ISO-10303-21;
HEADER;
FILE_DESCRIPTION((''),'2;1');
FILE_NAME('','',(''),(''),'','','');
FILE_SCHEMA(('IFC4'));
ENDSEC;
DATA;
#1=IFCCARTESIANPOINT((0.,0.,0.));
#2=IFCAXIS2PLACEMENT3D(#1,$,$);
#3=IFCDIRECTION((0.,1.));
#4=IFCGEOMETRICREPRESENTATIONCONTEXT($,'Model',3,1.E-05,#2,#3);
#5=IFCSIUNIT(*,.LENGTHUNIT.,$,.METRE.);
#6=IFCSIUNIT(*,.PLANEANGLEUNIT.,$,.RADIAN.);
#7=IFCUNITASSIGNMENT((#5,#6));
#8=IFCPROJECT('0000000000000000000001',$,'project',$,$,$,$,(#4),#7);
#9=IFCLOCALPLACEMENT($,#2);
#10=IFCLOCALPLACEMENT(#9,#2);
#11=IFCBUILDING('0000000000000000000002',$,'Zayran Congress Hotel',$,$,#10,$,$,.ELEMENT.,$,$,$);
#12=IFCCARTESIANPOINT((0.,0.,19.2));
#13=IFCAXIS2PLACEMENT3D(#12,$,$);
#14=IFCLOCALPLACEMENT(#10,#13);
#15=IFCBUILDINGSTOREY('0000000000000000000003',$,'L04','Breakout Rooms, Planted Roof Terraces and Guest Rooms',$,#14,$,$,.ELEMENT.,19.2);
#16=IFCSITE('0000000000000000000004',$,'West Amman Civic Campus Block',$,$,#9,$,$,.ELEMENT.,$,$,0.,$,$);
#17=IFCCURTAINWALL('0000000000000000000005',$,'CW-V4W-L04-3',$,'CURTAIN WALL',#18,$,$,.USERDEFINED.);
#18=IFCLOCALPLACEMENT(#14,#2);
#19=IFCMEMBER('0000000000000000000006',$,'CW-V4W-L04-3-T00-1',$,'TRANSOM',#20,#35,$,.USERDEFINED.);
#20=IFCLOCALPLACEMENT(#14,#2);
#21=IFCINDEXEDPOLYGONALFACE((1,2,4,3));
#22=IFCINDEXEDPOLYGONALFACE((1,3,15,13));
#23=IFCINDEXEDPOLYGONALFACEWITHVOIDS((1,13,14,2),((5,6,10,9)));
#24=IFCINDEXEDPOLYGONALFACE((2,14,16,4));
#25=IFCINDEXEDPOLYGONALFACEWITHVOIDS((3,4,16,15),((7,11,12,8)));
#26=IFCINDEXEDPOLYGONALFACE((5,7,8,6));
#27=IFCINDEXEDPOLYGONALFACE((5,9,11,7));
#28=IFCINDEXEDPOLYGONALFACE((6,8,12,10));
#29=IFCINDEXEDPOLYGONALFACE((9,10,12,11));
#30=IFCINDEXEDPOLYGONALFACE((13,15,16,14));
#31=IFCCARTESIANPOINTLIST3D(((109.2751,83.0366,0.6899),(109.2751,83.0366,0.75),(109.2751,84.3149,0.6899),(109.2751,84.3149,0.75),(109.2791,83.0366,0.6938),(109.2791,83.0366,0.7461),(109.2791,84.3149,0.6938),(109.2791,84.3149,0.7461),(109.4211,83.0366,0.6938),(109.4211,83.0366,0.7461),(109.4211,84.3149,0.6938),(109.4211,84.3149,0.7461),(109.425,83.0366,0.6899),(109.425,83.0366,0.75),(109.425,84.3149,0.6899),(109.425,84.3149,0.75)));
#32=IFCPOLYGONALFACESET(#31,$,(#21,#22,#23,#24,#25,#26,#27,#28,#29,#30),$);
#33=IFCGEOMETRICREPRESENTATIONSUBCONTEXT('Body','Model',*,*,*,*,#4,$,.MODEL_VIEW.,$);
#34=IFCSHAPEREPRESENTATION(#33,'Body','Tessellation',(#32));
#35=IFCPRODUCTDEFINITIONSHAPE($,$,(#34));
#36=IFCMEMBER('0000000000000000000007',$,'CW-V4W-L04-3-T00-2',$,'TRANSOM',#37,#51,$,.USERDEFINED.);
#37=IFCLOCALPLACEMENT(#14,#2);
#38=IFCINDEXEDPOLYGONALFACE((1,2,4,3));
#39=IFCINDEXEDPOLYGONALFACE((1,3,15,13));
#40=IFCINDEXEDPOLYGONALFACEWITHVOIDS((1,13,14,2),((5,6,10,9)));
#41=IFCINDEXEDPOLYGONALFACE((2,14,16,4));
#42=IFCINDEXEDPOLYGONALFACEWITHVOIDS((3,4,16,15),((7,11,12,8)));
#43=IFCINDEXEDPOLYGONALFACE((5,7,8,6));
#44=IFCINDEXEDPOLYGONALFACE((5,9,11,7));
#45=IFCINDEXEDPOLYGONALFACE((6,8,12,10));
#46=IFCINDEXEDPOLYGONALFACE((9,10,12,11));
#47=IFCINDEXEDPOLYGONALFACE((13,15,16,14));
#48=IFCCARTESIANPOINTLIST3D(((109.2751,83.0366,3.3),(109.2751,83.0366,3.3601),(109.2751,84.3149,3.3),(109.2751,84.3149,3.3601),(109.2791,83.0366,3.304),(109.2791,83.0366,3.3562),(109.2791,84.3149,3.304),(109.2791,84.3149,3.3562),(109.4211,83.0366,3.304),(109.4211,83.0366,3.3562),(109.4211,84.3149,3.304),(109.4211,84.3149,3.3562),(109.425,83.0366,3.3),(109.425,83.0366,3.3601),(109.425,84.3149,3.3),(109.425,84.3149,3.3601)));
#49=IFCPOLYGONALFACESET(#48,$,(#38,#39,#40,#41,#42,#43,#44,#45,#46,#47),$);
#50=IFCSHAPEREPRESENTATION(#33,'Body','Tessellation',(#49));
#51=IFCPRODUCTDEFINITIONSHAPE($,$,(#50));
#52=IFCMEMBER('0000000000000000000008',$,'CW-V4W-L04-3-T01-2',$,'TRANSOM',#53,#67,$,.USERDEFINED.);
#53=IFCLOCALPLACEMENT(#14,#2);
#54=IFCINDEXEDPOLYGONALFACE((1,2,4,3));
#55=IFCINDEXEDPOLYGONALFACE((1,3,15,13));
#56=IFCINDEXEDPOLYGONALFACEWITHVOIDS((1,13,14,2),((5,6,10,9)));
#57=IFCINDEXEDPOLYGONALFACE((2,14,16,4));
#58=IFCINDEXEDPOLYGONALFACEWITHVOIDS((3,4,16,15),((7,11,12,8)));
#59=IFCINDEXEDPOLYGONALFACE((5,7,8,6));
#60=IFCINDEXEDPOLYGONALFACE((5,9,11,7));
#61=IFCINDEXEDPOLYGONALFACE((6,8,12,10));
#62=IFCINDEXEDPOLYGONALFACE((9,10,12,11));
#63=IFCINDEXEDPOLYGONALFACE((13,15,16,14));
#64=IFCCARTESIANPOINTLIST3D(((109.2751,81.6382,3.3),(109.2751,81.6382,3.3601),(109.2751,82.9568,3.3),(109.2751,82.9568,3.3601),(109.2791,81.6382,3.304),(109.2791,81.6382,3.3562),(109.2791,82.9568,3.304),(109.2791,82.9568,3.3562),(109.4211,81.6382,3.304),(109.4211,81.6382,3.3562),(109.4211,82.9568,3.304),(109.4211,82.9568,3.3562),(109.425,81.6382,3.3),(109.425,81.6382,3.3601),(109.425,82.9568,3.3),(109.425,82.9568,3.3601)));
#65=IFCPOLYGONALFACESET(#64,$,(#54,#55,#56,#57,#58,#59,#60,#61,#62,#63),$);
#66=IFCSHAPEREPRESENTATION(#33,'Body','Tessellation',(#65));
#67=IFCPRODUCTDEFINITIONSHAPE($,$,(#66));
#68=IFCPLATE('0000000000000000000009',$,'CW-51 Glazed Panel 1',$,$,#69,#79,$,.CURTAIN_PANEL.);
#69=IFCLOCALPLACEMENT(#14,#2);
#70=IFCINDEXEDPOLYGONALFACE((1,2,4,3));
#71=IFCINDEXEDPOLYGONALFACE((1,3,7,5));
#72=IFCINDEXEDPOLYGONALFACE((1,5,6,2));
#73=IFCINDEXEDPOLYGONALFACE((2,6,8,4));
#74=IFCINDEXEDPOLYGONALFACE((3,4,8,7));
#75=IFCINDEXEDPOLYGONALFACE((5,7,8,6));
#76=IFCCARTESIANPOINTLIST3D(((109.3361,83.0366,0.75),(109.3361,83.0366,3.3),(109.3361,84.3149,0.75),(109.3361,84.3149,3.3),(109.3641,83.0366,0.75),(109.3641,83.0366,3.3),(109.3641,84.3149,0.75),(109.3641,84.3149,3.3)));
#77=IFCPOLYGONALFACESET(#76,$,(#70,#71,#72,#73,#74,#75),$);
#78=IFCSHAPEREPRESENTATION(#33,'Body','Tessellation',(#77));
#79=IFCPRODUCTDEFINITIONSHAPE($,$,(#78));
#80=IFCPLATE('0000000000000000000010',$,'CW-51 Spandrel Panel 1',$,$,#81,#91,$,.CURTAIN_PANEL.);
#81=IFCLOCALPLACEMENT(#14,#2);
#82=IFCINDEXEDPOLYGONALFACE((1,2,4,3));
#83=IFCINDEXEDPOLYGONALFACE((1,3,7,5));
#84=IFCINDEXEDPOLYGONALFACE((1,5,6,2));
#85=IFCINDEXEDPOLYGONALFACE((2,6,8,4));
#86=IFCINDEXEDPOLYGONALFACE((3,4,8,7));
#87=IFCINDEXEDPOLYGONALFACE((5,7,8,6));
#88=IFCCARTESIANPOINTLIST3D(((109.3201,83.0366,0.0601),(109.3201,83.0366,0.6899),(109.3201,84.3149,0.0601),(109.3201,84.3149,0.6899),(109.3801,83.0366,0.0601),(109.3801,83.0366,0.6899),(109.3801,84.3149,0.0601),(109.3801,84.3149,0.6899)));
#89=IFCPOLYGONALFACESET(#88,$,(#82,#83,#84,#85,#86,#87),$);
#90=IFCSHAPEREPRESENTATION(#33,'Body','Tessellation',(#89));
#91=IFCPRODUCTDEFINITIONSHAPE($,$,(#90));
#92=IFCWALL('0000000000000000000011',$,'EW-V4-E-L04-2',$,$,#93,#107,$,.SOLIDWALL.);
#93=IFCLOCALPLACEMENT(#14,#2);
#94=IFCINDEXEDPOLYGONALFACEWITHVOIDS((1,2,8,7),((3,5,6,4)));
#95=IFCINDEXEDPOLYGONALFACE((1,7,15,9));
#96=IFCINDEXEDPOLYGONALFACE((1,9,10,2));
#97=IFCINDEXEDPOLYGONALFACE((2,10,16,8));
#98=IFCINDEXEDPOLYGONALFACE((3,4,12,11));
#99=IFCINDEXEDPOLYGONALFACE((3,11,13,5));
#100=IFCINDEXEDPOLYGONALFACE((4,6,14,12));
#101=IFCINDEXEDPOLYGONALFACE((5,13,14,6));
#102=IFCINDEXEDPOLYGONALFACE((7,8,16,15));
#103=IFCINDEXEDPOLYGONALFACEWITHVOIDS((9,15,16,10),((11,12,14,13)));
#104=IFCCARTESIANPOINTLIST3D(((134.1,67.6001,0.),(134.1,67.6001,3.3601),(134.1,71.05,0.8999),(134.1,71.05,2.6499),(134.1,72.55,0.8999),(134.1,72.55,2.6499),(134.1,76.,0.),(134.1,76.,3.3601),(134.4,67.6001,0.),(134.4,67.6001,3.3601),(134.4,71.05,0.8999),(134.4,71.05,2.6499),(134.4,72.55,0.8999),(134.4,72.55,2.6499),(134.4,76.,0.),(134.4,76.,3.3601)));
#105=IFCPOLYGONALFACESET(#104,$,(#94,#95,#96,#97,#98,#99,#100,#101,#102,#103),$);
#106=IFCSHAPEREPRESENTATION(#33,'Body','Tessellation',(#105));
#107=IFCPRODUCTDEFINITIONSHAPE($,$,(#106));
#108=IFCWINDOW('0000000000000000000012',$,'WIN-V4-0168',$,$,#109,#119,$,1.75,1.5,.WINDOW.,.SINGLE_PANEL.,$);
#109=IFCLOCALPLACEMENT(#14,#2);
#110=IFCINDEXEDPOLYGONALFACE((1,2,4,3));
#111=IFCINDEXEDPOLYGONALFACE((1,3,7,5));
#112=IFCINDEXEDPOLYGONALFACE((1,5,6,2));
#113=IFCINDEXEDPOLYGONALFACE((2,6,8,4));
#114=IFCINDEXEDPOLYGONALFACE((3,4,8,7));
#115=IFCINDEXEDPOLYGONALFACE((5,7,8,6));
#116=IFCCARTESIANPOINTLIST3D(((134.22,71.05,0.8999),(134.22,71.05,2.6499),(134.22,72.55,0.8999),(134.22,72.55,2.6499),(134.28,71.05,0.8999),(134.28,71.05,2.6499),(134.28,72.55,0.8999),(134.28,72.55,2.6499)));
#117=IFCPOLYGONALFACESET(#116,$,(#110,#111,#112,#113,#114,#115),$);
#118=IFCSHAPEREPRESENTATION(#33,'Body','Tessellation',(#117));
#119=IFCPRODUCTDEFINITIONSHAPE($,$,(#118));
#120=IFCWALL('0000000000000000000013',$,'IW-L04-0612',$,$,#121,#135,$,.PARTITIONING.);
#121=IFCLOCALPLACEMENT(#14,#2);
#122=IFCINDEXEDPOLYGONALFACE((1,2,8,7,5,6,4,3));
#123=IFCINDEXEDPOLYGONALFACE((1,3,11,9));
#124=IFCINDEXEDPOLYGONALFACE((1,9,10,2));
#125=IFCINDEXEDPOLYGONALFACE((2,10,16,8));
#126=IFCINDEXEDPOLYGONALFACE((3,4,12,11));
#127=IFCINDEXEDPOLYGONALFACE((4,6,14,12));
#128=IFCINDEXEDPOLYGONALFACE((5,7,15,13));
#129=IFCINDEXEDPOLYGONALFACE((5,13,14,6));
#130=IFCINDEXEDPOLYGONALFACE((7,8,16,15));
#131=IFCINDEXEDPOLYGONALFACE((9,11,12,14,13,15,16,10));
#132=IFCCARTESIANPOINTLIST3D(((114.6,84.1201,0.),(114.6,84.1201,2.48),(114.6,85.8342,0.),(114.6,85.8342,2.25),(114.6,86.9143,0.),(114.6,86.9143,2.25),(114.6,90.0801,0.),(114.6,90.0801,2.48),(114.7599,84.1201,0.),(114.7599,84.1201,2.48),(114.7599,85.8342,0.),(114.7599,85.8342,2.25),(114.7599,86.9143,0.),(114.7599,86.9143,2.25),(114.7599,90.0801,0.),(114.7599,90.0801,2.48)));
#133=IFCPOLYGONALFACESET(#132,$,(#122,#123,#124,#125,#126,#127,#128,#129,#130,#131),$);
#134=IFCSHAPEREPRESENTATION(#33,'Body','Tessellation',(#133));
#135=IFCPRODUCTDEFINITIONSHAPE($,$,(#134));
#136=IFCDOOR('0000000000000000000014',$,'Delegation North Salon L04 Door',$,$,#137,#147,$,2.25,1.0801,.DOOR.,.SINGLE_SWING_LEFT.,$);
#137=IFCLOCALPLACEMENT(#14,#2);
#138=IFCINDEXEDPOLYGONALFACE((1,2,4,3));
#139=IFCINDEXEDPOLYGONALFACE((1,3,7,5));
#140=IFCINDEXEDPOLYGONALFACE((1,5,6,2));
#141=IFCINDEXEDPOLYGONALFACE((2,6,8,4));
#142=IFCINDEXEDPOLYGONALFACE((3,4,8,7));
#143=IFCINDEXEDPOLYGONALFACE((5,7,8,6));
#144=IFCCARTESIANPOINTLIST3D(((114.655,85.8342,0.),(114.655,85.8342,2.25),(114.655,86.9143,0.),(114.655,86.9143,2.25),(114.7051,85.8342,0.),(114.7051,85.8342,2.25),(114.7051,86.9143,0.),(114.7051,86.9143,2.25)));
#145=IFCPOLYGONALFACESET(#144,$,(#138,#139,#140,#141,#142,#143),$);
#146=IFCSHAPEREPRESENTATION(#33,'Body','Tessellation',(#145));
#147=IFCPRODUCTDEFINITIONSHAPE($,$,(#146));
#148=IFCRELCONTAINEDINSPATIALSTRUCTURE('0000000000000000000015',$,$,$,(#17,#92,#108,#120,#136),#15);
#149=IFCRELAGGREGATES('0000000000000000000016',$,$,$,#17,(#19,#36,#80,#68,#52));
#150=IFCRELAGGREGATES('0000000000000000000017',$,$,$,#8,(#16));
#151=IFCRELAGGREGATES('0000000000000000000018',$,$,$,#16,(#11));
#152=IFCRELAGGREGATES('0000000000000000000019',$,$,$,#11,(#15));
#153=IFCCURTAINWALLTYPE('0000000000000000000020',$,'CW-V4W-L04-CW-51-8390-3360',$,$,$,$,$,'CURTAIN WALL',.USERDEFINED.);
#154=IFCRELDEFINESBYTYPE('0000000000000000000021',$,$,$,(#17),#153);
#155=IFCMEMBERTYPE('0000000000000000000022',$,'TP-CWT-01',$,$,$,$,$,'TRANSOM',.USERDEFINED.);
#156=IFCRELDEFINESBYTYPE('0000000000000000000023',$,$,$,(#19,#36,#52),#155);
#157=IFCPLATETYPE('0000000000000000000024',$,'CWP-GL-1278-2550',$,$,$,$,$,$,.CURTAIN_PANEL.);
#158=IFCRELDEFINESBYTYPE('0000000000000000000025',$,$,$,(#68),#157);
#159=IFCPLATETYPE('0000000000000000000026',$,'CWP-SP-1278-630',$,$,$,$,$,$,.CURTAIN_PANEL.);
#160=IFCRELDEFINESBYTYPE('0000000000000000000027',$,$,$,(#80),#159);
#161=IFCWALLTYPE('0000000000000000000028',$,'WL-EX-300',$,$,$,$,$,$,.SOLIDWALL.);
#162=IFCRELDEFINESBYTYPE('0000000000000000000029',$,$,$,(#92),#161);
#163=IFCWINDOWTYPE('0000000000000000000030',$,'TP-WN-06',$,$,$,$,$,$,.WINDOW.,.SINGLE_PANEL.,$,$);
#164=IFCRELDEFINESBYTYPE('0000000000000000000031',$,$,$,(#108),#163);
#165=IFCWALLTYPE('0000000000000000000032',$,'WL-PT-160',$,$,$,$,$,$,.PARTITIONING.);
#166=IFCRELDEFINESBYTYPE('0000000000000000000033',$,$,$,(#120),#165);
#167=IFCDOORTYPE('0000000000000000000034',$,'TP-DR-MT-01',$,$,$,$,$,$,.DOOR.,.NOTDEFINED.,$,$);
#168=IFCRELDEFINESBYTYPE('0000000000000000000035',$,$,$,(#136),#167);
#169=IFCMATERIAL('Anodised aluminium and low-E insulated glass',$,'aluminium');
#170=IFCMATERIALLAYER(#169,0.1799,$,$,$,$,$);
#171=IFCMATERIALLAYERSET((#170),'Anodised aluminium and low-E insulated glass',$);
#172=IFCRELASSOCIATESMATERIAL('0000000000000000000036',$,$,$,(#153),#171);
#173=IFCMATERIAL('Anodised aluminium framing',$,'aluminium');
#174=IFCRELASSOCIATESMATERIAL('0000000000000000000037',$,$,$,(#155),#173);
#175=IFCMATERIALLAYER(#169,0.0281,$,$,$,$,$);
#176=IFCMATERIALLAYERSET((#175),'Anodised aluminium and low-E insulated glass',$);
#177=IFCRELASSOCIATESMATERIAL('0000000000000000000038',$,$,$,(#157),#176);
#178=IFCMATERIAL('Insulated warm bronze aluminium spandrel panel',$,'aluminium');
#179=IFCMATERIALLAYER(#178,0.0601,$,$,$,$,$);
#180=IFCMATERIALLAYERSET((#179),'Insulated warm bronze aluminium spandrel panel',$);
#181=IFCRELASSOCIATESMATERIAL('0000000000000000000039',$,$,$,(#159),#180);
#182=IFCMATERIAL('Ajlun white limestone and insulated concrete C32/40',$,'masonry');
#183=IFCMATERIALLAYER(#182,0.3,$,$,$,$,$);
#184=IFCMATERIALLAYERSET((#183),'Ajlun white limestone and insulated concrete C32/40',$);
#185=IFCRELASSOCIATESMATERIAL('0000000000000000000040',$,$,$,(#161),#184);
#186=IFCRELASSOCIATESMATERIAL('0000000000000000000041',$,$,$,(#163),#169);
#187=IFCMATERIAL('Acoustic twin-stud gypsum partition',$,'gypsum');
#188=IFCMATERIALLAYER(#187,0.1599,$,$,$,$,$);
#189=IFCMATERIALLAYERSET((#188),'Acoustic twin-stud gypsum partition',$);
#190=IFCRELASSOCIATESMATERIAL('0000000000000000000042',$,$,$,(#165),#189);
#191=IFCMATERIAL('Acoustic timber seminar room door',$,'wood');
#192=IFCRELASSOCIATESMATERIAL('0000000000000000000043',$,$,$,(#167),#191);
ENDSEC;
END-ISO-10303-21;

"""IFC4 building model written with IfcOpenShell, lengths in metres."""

from ifc_helpers import new_model, si_unit, direction, frame, frame_2d, origin, origin_2d, place, context, subcontext, project, spatial, rectangle, hollow_rectangle, extrude, material, layer, layer_set, material_profile, profile_set, type_object, element, fill, aggregate, save


model = new_model("IFC4")

# Units and contexts
model_context = context("Model", 3, precision=1e-05, world=origin(), true_north=direction((0.0, 1.0)))
body_context = subcontext(model_context, "Body", "Model", "MODEL_VIEW")
ifc_project = project(units=[si_unit("LENGTHUNIT", "METRE"), si_unit("PLANEANGLEUNIT", "RADIAN")], contexts=[model_context])

# Site, building, storey
site_placement = place(None, origin())
site = spatial("IfcSite", under=ifc_project, at=site_placement, Name="West Amman Civic Campus Block", CompositionType="ELEMENT", RefElevation=0.0)
building_placement = place(site_placement, origin())
building = spatial("IfcBuilding", under=site, at=building_placement, Name="Zayran Congress Hotel", CompositionType="ELEMENT")
storey_placement = place(building_placement, frame((0.0, 0.0, 19.2)))
storey = spatial("IfcBuildingStorey", under=building, at=storey_placement, Name="L04", Description="Breakout Rooms, Planted Roof Terraces and Guest Rooms", CompositionType="ELEMENT", Elevation=19.2)

# Curtain wall, members, plates
ifc_material_1 = material(Name="Anodised aluminium and low-E insulated glass", Category="aluminium")
ifc_layer_1 = layer(ifc_material_1, 0.1799)
ifc_layer_set_1 = layer_set([ifc_layer_1], Name="Anodised aluminium and low-E insulated glass")
curtain_wall_type = type_object("IfcCurtainWallType", Name="CW-V4W-L04-CW-51-8390-3360", ElementType="CURTAIN WALL", PredefinedType="USERDEFINED", material=ifc_layer_set_1)
curtain_wall_placement = place(storey_placement, origin())
curtain_wall = element("IfcCurtainWall", 1, at=curtain_wall_placement, inside=storey, type_object=curtain_wall_type, Name="CW-V4W-L04-3", ObjectType="CURTAIN WALL", PredefinedType="USERDEFINED")
ifc_material_2 = material(Name="Anodised aluminium framing", Category="aluminium")
ifc_material_profile_1 = material_profile(ifc_material_2, hollow_rectangle(XDim=0.0601, YDim=0.1499, WallThickness=0.0039, at=origin_2d()), Name="RHS 150x60x4")
ifc_profile_set_1 = profile_set([ifc_material_profile_1], Name="Anodised aluminium framing")
member_type_1 = type_object("IfcMemberType", Name="TP-CWT-01", ElementType="TRANSOM", PredefinedType="USERDEFINED", material=ifc_profile_set_1)
member_1_placement = place(storey_placement, frame((109.3501, 84.3149, 0.72), z_axis=(0.0, -1.0, 0.0), x_axis=(0.0, 0.0, 1.0)))
member_1 = element("IfcMember", 2, at=member_1_placement, type_object=member_type_1, Name="CW-V4W-L04-3-T00-1", ObjectType="TRANSOM", PredefinedType="USERDEFINED", context=body_context, shape_type="SweptSolid", body=[
    extrude(hollow_rectangle(XDim=0.0601, YDim=0.1499, WallThickness=0.0039, at=origin_2d()), origin(), (0.0, 0.0, 1.0), 1.2783),
])
member_2_placement = place(storey_placement, frame((109.3501, 84.3149, 3.3301), z_axis=(0.0, -1.0, 0.0), x_axis=(0.0, 0.0, 1.0)))
member_2 = element("IfcMember", 3, at=member_2_placement, type_object=member_type_1, Name="CW-V4W-L04-3-T00-2", ObjectType="TRANSOM", PredefinedType="USERDEFINED", context=body_context, shape_type="SweptSolid", body=[
    extrude(hollow_rectangle(XDim=0.0601, YDim=0.1499, WallThickness=0.0039, at=origin_2d()), origin(), (0.0, 0.0, 1.0), 1.2783),
])
member_3_placement = place(storey_placement, frame((109.3501, 82.9568, 3.3301), z_axis=(0.0, -1.0, 0.0), x_axis=(0.0, 0.0, 1.0)))
member_3 = element("IfcMember", 4, at=member_3_placement, type_object=member_type_1, Name="CW-V4W-L04-3-T01-2", ObjectType="TRANSOM", PredefinedType="USERDEFINED", context=body_context, shape_type="SweptSolid", body=[
    extrude(hollow_rectangle(XDim=0.0601, YDim=0.1499, WallThickness=0.0039, at=origin_2d()), origin(), (0.0, 0.0, 1.0), 1.3186),
])
ifc_layer_2 = layer(ifc_material_1, 0.0281)
ifc_layer_set_2 = layer_set([ifc_layer_2], Name="Anodised aluminium and low-E insulated glass")
plate_type_1 = type_object("IfcPlateType", Name="CWP-GL-1278-2550", PredefinedType="CURTAIN_PANEL", material=ifc_layer_set_2)
plate_1_placement = place(storey_placement, frame((109.3501, 83.6758, 0.75), z_axis=(0.0, 0.0, 1.0), x_axis=(0.0, 1.0, 0.0)))
plate_1 = element("IfcPlate", 5, at=plate_1_placement, type_object=plate_type_1, Name="CW-51 Glazed Panel 1", PredefinedType="CURTAIN_PANEL", context=body_context, shape_type="SweptSolid", body=[
    extrude(rectangle(XDim=1.2783, YDim=0.0281, at=origin_2d()), origin(), (0.0, 0.0, 1.0), 2.55),
])
ifc_material_3 = material(Name="Insulated warm bronze aluminium spandrel panel", Category="aluminium")
ifc_layer_3 = layer(ifc_material_3, 0.0601)
ifc_layer_set_3 = layer_set([ifc_layer_3], Name="Insulated warm bronze aluminium spandrel panel")
plate_type_2 = type_object("IfcPlateType", Name="CWP-SP-1278-630", PredefinedType="CURTAIN_PANEL", material=ifc_layer_set_3)
plate_2_placement = place(storey_placement, frame((109.3501, 83.6758, 0.0601), z_axis=(0.0, 0.0, 1.0), x_axis=(0.0, 1.0, 0.0)))
plate_2 = element("IfcPlate", 6, at=plate_2_placement, type_object=plate_type_2, Name="CW-51 Spandrel Panel 1", PredefinedType="CURTAIN_PANEL", context=body_context, shape_type="SweptSolid", body=[
    extrude(rectangle(XDim=1.2783, YDim=0.0601, at=origin_2d()), origin(), (0.0, 0.0, 1.0), 0.6299),
])
aggregate(curtain_wall, [member_1, member_2, plate_2, plate_1, member_3])

# Wall, opening, window
ifc_material_4 = material(Name="Ajlun white limestone and insulated concrete C32/40", Category="masonry")
ifc_layer_4 = layer(ifc_material_4, 0.3)
ifc_layer_set_4 = layer_set([ifc_layer_4], Name="Ajlun white limestone and insulated concrete C32/40")
wall_type_1 = type_object("IfcWallType", Name="WL-EX-300", PredefinedType="SOLIDWALL", material=ifc_layer_set_4)
wall_1_placement = place(storey_placement, frame((134.25, 76.0, 0.0), z_axis=(0.0, 0.0, 1.0), x_axis=(0.0, -1.0, 0.0)))
wall_1 = element("IfcWall", 7, at=wall_1_placement, inside=storey, type_object=wall_type_1, Name="EW-V4-E-L04-2", PredefinedType="SOLIDWALL", context=body_context, shape_type="SweptSolid", body=[
    extrude(rectangle(XDim=8.3999, YDim=0.3, at=frame_2d((4.2, 0.0))), origin(), (0.0, 0.0, 1.0), 3.3601),
])
opening_1_placement = place(wall_1_placement, frame((3.45, 0.0, 0.8999)))
opening_1 = element("IfcOpeningElement", 8, at=opening_1_placement, cuts=wall_1, PredefinedType="OPENING", context=body_context, shape_type="SweptSolid", body=[
    extrude(rectangle(XDim=1.5, YDim=1.75, at=frame_2d((0.75, 0.875))), frame((0.0, 0.1599, 0.0), z_axis=(0.0, -1.0, 0.0), x_axis=(1.0, 0.0, 0.0)), (0.0, 0.0, 1.0), 0.3201),
])
window_type = type_object("IfcWindowType", Name="TP-WN-06", PartitioningType="SINGLE_PANEL", PredefinedType="WINDOW", material=ifc_material_1)
window_placement = place(opening_1_placement, origin())
window = element("IfcWindow", 9, at=window_placement, inside=storey, type_object=window_type, Name="WIN-V4-0168", OverallHeight=1.75, OverallWidth=1.5, PartitioningType="SINGLE_PANEL", PredefinedType="WINDOW", context=body_context, shape_type="SweptSolid", body=[
    extrude(rectangle(XDim=1.5, YDim=1.75, at=frame_2d((0.75, 0.875))), frame((0.0, 0.03, 0.0), z_axis=(0.0, -1.0, 0.0), x_axis=(1.0, 0.0, 0.0)), (0.0, 0.0, 1.0), 0.0601),
])
fill(opening_1, window)

# Wall, opening, door
ifc_material_5 = material(Name="Acoustic twin-stud gypsum partition", Category="gypsum")
ifc_layer_5 = layer(ifc_material_5, 0.1599)
ifc_layer_set_5 = layer_set([ifc_layer_5], Name="Acoustic twin-stud gypsum partition")
wall_type_2 = type_object("IfcWallType", Name="WL-PT-160", PredefinedType="PARTITIONING", material=ifc_layer_set_5)
wall_2_placement = place(storey_placement, frame((114.6799, 84.1201, 0.0), z_axis=(0.0, 0.0, 1.0), x_axis=(0.0, 1.0, 0.0)))
wall_2 = element("IfcWall", 10, at=wall_2_placement, inside=storey, type_object=wall_type_2, Name="IW-L04-0612", PredefinedType="PARTITIONING", context=body_context, shape_type="SweptSolid", body=[
    extrude(rectangle(XDim=5.96, YDim=0.1599, at=frame_2d((2.98, 0.0))), origin(), (0.0, 0.0, 1.0), 2.48),
])
opening_2_placement = place(wall_2_placement, frame((1.7141, 0.0, 0.0)))
opening_2 = element("IfcOpeningElement", 11, at=opening_2_placement, cuts=wall_2, PredefinedType="OPENING", context=body_context, shape_type="SweptSolid", body=[
    extrude(rectangle(XDim=1.0801, YDim=2.25, at=frame_2d((0.54, 1.125))), frame((0.0, 0.0898, 0.0), z_axis=(0.0, -1.0, 0.0), x_axis=(1.0, 0.0, 0.0)), (0.0, 0.0, 1.0), 0.1799),
])
ifc_material_6 = material(Name="Acoustic timber seminar room door", Category="wood")
door_type_1 = type_object("IfcDoorType", Name="TP-DR-MT-01", OperationType="NOTDEFINED", PredefinedType="DOOR", material=ifc_material_6)
door_1_placement = place(opening_2_placement, origin())
door_1 = element("IfcDoor", 12, at=door_1_placement, inside=storey, type_object=door_type_1, Name="Delegation North Salon L04 Door", OperationType="SINGLE_SWING_LEFT", OverallHeight=2.25, OverallWidth=1.0801, PredefinedType="DOOR", context=body_context, shape_type="SweptSolid", body=[
    extrude(rectangle(XDim=1.0801, YDim=2.25, at=frame_2d((0.54, 1.125))), frame((0.0, 0.0249, 0.0), z_axis=(0.0, -1.0, 0.0), x_axis=(1.0, 0.0, 0.0)), (0.0, 0.0, 1.0), 0.05),
])
fill(opening_2, door_1)

save(model, "model.ifc")
